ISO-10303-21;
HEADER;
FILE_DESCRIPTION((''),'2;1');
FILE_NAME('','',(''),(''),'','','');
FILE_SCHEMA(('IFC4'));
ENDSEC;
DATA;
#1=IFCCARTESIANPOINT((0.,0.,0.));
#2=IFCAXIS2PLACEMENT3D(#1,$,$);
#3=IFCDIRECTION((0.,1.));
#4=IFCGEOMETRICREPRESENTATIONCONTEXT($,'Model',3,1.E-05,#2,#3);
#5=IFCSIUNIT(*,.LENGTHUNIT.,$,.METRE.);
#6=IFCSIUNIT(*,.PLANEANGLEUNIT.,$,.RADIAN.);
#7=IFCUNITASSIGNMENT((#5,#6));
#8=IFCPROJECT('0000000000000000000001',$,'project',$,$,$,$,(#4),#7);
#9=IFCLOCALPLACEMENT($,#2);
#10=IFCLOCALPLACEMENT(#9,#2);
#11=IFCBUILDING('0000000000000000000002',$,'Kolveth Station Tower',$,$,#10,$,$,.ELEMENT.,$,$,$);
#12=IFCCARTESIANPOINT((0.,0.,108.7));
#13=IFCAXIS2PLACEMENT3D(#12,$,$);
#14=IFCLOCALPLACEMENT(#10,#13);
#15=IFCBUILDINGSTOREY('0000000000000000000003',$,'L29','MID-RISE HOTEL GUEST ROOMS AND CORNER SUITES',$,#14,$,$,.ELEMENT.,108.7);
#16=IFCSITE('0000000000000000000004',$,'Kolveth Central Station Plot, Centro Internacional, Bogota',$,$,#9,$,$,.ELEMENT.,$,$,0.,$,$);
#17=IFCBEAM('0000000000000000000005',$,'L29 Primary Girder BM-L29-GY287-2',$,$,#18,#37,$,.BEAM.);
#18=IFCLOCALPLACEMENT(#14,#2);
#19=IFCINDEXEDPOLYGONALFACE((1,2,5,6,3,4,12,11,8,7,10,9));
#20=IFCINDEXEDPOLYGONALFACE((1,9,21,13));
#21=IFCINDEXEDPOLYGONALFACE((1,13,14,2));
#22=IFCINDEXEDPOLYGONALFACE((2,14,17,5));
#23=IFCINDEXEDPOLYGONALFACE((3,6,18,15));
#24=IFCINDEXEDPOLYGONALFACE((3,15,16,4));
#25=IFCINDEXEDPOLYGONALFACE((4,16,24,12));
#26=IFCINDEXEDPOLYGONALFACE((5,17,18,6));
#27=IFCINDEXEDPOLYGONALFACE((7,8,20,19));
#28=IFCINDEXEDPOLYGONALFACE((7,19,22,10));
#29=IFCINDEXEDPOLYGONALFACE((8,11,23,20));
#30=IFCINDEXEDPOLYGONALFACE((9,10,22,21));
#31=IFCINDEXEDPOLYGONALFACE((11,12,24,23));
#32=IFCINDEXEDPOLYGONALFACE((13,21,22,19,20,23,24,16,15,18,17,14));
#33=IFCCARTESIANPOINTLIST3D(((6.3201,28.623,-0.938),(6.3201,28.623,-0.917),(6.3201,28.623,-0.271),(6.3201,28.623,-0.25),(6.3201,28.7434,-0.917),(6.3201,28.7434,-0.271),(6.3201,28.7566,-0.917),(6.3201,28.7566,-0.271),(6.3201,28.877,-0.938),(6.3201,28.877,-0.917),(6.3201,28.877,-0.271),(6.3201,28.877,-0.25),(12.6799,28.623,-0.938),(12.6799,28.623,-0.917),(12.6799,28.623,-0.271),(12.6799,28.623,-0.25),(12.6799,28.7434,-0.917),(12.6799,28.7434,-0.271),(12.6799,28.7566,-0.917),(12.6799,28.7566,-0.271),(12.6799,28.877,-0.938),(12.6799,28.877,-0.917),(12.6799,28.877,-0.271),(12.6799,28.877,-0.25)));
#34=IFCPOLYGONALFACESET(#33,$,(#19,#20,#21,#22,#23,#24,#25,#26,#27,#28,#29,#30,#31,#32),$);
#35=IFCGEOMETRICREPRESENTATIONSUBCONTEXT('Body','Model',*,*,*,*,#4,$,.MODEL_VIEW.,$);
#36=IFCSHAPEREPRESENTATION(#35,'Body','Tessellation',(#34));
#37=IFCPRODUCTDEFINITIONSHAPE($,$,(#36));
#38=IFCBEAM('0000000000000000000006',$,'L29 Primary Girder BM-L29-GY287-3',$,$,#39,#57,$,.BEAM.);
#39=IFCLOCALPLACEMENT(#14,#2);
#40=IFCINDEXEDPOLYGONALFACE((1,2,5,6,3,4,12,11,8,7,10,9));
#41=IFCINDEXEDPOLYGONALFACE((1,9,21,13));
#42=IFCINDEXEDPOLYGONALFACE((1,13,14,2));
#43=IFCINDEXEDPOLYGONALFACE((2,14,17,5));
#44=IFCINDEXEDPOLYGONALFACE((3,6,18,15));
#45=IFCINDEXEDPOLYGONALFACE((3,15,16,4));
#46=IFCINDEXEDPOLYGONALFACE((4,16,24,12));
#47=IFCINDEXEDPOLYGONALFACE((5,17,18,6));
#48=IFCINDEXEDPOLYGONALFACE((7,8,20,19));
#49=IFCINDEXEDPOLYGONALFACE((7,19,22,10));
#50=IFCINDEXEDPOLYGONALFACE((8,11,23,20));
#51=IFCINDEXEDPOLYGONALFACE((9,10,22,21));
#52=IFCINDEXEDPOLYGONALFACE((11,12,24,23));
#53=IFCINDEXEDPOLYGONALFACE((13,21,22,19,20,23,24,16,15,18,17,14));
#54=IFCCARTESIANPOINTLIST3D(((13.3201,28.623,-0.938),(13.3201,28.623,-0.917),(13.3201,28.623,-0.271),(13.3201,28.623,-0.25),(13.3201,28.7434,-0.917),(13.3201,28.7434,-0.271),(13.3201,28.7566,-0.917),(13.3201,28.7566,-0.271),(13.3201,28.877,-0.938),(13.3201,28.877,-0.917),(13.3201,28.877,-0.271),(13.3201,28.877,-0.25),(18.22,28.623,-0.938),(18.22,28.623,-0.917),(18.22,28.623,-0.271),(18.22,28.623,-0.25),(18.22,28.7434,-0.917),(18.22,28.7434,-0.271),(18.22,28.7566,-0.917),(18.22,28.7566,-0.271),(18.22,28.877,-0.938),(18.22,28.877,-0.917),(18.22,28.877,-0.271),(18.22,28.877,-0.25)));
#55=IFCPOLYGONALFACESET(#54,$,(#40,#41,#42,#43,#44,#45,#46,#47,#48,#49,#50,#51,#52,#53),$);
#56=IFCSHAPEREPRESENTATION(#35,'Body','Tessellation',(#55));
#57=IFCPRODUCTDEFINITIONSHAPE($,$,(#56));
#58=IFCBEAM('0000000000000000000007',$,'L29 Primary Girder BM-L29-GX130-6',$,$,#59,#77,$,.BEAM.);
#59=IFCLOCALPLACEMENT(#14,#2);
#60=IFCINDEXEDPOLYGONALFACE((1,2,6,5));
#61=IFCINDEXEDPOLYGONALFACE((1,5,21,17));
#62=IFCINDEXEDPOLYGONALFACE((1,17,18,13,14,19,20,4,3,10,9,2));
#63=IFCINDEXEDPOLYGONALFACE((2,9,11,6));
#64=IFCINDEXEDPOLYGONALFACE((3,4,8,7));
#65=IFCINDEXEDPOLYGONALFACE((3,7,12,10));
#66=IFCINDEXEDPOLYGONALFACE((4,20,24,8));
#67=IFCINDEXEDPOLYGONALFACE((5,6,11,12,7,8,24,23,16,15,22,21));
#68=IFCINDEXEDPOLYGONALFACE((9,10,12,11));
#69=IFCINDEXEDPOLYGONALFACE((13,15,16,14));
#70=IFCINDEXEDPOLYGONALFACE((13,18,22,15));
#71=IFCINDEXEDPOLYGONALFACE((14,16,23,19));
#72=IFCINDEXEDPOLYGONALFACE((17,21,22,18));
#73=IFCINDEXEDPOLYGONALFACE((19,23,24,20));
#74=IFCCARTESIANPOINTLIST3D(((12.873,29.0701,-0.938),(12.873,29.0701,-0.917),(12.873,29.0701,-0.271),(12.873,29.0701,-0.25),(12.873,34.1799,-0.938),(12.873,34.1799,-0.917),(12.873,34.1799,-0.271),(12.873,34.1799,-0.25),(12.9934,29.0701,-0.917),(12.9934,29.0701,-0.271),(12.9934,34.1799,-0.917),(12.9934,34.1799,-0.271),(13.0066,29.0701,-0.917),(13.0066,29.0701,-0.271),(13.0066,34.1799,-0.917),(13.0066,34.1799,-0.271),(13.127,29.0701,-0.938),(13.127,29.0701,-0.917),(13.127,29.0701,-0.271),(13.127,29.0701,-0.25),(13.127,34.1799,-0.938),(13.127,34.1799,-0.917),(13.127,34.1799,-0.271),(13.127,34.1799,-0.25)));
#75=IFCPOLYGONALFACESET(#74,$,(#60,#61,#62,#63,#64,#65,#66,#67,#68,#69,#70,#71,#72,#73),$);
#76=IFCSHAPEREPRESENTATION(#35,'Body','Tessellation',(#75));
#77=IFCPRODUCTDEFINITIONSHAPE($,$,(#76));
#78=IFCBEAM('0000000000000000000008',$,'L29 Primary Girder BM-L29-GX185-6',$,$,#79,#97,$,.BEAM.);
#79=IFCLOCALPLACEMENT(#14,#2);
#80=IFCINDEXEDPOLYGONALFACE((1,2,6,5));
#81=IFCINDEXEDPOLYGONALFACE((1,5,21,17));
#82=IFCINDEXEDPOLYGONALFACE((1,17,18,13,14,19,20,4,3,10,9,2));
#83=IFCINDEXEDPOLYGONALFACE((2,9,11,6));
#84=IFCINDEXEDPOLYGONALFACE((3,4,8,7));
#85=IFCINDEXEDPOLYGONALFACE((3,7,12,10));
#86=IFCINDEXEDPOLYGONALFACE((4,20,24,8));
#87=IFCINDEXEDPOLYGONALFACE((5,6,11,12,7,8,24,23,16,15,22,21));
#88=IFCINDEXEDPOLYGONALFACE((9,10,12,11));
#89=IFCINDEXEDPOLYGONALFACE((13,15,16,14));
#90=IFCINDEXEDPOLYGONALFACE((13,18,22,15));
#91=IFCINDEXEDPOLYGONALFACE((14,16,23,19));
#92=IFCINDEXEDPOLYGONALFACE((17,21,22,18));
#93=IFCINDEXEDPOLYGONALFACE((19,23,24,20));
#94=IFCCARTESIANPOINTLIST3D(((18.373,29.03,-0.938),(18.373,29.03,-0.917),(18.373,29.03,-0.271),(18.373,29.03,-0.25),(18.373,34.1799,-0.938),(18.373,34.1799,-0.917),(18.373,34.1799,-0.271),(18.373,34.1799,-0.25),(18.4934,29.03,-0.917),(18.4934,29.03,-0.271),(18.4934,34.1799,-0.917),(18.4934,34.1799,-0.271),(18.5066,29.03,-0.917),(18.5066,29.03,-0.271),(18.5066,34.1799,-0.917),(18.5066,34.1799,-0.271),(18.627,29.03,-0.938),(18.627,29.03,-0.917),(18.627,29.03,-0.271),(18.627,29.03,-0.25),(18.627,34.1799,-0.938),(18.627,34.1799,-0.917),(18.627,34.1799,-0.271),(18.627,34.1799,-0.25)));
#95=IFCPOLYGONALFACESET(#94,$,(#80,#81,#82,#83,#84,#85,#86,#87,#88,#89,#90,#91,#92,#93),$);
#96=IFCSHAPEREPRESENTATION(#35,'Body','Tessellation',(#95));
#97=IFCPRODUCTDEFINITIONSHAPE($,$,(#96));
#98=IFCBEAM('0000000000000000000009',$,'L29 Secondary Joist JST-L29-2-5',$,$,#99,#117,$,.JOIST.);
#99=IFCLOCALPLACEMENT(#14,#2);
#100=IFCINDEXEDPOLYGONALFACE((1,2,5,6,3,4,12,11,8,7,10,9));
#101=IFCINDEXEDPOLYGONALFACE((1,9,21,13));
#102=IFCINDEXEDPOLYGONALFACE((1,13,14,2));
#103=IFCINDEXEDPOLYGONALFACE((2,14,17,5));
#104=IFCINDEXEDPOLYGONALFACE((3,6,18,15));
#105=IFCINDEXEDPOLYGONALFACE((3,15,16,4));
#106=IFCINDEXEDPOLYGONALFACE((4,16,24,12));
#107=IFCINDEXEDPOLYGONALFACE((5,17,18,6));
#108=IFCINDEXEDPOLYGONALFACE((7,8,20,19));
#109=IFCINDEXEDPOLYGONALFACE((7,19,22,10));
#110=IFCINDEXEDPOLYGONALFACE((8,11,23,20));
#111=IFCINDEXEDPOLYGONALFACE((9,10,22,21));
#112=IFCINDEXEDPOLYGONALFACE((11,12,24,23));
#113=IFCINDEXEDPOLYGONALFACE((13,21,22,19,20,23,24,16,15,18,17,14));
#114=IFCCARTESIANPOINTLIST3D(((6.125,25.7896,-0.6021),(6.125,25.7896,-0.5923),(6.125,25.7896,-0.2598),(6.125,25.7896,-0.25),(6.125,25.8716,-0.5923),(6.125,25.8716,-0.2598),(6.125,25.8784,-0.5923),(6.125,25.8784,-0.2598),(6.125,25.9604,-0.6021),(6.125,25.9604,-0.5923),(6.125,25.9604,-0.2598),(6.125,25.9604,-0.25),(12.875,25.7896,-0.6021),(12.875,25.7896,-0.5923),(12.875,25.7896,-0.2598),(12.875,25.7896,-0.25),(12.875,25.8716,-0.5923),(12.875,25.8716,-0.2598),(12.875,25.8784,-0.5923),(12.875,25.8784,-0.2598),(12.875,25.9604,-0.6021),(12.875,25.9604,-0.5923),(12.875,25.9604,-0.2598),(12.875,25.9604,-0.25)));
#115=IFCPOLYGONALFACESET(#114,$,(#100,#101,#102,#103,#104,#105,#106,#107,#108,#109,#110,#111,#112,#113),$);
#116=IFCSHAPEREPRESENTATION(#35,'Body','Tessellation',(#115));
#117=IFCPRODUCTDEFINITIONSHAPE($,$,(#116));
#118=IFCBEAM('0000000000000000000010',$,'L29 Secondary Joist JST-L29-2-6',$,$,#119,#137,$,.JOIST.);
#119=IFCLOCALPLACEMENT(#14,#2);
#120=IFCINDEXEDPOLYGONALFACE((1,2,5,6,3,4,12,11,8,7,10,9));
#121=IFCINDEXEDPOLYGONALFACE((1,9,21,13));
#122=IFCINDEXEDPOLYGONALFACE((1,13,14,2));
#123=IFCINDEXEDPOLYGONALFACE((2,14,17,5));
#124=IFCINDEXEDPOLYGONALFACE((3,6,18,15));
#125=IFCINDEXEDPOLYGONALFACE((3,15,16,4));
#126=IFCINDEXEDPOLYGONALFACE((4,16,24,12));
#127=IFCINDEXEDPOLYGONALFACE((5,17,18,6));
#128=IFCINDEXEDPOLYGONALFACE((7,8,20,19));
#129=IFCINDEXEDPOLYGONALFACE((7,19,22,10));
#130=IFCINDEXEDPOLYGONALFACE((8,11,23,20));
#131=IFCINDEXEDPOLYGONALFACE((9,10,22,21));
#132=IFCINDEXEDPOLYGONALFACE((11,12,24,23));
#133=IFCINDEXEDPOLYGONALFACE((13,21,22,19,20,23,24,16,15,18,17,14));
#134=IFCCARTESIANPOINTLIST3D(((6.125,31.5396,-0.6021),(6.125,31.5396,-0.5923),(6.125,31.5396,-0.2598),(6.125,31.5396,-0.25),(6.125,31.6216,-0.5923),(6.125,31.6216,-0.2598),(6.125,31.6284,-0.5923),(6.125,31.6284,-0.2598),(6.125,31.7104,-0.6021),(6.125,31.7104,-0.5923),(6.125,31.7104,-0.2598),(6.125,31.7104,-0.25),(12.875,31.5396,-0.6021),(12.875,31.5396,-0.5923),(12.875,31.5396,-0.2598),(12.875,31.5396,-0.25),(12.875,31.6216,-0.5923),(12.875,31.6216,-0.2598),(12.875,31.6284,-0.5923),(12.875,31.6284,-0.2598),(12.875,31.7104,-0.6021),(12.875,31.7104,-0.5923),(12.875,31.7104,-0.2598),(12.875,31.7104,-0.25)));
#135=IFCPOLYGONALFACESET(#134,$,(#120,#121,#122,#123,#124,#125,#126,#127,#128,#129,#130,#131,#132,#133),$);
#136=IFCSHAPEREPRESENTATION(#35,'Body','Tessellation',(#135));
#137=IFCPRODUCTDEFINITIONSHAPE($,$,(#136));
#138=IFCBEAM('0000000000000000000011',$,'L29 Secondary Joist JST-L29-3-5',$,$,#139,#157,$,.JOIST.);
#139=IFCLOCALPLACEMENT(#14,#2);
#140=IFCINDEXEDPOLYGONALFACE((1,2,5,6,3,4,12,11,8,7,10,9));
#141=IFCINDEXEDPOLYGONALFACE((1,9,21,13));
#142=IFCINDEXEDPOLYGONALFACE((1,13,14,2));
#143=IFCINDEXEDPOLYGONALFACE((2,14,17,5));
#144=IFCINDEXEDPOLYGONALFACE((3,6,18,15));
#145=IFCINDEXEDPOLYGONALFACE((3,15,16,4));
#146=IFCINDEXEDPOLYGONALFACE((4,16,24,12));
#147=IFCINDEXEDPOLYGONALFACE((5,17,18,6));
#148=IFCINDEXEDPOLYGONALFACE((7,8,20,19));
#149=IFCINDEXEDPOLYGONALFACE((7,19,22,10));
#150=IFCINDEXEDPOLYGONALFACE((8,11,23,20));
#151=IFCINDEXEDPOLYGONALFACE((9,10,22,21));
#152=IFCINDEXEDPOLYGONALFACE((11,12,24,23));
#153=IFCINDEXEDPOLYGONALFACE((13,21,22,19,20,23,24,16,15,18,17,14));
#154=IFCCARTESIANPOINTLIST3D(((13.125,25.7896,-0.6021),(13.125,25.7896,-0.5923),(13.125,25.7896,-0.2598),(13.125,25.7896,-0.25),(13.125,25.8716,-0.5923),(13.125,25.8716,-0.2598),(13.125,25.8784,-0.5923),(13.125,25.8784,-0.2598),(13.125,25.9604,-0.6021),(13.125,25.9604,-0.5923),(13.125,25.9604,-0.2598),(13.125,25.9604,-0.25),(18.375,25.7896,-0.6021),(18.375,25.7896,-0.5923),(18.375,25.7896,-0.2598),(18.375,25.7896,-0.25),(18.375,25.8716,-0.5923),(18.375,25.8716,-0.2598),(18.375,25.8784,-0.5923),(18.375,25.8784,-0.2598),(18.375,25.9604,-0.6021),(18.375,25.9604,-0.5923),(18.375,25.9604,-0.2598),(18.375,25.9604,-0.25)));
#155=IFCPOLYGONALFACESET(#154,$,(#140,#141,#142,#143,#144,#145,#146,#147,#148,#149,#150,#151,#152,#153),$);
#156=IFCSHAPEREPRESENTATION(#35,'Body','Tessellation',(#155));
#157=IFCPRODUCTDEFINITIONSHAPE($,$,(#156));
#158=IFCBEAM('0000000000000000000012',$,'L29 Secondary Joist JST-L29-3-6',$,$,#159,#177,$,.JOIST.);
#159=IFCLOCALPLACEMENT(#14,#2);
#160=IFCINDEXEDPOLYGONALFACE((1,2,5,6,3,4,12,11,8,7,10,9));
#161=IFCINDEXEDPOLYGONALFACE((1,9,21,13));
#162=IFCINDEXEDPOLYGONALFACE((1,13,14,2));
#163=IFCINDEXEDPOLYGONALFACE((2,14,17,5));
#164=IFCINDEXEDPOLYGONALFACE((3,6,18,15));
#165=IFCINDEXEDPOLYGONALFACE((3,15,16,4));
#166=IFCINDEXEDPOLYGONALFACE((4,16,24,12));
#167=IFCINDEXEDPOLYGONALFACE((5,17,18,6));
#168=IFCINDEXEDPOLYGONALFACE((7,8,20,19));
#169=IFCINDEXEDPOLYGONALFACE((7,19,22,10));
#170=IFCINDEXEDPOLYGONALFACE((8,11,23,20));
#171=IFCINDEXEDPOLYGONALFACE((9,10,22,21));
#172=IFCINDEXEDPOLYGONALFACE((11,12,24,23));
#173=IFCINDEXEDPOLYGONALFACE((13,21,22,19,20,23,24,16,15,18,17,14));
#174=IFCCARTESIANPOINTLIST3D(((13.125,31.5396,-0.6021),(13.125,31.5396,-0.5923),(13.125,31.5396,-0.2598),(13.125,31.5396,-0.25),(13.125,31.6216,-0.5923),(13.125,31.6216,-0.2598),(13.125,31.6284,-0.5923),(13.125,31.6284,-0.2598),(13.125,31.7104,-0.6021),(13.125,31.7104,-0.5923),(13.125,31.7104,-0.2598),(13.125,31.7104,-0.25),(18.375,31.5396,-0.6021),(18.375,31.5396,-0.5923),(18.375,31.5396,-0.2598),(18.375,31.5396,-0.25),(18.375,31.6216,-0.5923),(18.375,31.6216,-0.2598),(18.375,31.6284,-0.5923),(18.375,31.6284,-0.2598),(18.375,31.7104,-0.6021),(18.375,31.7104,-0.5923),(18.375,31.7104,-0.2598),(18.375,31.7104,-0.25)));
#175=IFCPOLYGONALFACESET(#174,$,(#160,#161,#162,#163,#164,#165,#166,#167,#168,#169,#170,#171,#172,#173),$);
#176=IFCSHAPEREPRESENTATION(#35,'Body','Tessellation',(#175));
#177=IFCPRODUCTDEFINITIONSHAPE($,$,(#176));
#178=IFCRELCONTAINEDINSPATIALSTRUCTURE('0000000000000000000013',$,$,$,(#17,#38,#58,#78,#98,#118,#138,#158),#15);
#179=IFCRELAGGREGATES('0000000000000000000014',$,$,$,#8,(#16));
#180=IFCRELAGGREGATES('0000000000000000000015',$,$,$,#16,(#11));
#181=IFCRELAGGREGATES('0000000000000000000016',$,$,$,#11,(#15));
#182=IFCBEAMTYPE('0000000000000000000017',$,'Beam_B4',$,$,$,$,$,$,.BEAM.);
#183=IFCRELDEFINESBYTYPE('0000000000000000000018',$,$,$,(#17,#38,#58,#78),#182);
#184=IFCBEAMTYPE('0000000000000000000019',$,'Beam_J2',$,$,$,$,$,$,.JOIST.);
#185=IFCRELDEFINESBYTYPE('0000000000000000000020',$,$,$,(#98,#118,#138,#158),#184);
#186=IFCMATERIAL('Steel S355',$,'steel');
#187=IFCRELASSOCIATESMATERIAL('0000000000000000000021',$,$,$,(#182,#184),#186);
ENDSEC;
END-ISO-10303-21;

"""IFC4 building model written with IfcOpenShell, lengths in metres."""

from ifc_helpers import new_model, si_unit, direction, frame, origin, origin_2d, place, context, subcontext, project, spatial, i_section, extrude, source, transform, mapped, material, material_profile, profile_set, type_object, element, save


model = new_model("IFC4")

# Units and contexts
model_context = context("Model", 3, precision=1e-05, world=origin(), true_north=direction((0.0, 1.0)))
body_context = subcontext(model_context, "Body", "Model", "MODEL_VIEW")
ifc_project = project(units=[si_unit("LENGTHUNIT", "METRE"), si_unit("PLANEANGLEUNIT", "RADIAN")], contexts=[model_context])

# Site, building, storey
site_placement = place(None, origin())
site = spatial("IfcSite", under=ifc_project, at=site_placement, Name="Kolveth Central Station Plot, Centro Internacional, Bogota", CompositionType="ELEMENT", RefElevation=0.0)
building_placement = place(site_placement, origin())
building = spatial("IfcBuilding", under=site, at=building_placement, Name="Kolveth Station Tower", CompositionType="ELEMENT")
storey_placement = place(building_placement, frame((0.0, 0.0, 108.7)))
storey = spatial("IfcBuildingStorey", under=building, at=storey_placement, Name="L29", Description="MID-RISE HOTEL GUEST ROOMS AND CORNER SUITES", CompositionType="ELEMENT", Elevation=108.7)

# Shared definitions
ifc_material_1 = material(Name="Steel S355", Category="steel")

# Beams
ifc_material_profile_1 = material_profile(ifc_material_1, i_section(OverallWidth=0.2539, OverallDepth=0.688, WebThickness=0.0132, FlangeThickness=0.021, at=origin_2d()), Name="W690x152")
ifc_profile_set_1 = profile_set([ifc_material_profile_1], Name="Steel S355")
beam_type_1 = type_object("IfcBeamType", Name="Beam_B4", PredefinedType="BEAM", material=ifc_profile_set_1)
shared_shape_1 = source(origin(), body_context, "Body", "SweptSolid", [
    extrude(i_section(OverallWidth=0.2539, OverallDepth=0.688, WebThickness=0.0132, FlangeThickness=0.021, at=origin_2d()), origin(), (0.0, 0.0, 1.0), 6.3599),
])
beam_1_placement = place(storey_placement, frame((6.3201, 28.75, -0.594), z_axis=(1.0, 0.0, 0.0), x_axis=(0.0, 1.0, 0.0)))
element("IfcBeam", 1, at=beam_1_placement, inside=storey, type_object=beam_type_1, Name="L29 Primary Girder BM-L29-GY287-2", PredefinedType="BEAM", context=body_context, shape_type="MappedRepresentation", body=[
    mapped(shared_shape_1, transform((0.0, 0.0, 0.0), x_axis=(1.0, 0.0, 0.0), y_axis=(0.0, 1.0, 0.0), z_axis=(0.0, 0.0, 1.0), scale=1.0)),
])
shared_shape_2 = source(origin(), body_context, "Body", "SweptSolid", [
    extrude(i_section(OverallWidth=0.2539, OverallDepth=0.688, WebThickness=0.0132, FlangeThickness=0.021, at=origin_2d()), origin(), (0.0, 0.0, 1.0), 4.8999),
])
beam_2_placement = place(storey_placement, frame((13.3201, 28.75, -0.594), z_axis=(1.0, 0.0, 0.0), x_axis=(0.0, 1.0, 0.0)))
element("IfcBeam", 2, at=beam_2_placement, inside=storey, type_object=beam_type_1, Name="L29 Primary Girder BM-L29-GY287-3", PredefinedType="BEAM", context=body_context, shape_type="MappedRepresentation", body=[
    mapped(shared_shape_2, transform((0.0, 0.0, 0.0), x_axis=(1.0, 0.0, 0.0), y_axis=(0.0, 1.0, 0.0), z_axis=(0.0, 0.0, 1.0), scale=1.0)),
])
shared_shape_3 = source(origin(), body_context, "Body", "SweptSolid", [
    extrude(i_section(OverallWidth=0.2539, OverallDepth=0.688, WebThickness=0.0132, FlangeThickness=0.021, at=origin_2d()), origin(), (0.0, 0.0, 1.0), 5.1099),
])
beam_3_placement = place(storey_placement, frame((13.0, 29.0701, -0.594), z_axis=(0.0, 1.0, 0.0), x_axis=(-1.0, 0.0, 0.0)))
element("IfcBeam", 3, at=beam_3_placement, inside=storey, type_object=beam_type_1, Name="L29 Primary Girder BM-L29-GX130-6", PredefinedType="BEAM", context=body_context, shape_type="MappedRepresentation", body=[
    mapped(shared_shape_3, transform((0.0, 0.0, 0.0), x_axis=(1.0, 0.0, 0.0), y_axis=(0.0, 1.0, 0.0), z_axis=(0.0, 0.0, 1.0), scale=1.0)),
])
shared_shape_4 = source(origin(), body_context, "Body", "SweptSolid", [
    extrude(i_section(OverallWidth=0.2539, OverallDepth=0.688, WebThickness=0.0132, FlangeThickness=0.021, at=origin_2d()), origin(), (0.0, 0.0, 1.0), 5.1499),
])
beam_4_placement = place(storey_placement, frame((18.5, 29.03, -0.594), z_axis=(0.0, 1.0, 0.0), x_axis=(-1.0, 0.0, 0.0)))
element("IfcBeam", 4, at=beam_4_placement, inside=storey, type_object=beam_type_1, Name="L29 Primary Girder BM-L29-GX185-6", PredefinedType="BEAM", context=body_context, shape_type="MappedRepresentation", body=[
    mapped(shared_shape_4, transform((0.0, 0.0, 0.0), x_axis=(1.0, 0.0, 0.0), y_axis=(0.0, 1.0, 0.0), z_axis=(0.0, 0.0, 1.0), scale=1.0)),
])
ifc_material_profile_2 = material_profile(ifc_material_1, i_section(OverallWidth=0.1709, OverallDepth=0.3521, WebThickness=0.0068, FlangeThickness=0.0098, at=origin_2d()), Name="W360x44")
ifc_profile_set_2 = profile_set([ifc_material_profile_2], Name="Steel S355")
beam_type_2 = type_object("IfcBeamType", Name="Beam_J2", PredefinedType="JOIST", material=ifc_profile_set_2)
shared_shape_5 = source(origin(), body_context, "Body", "SweptSolid", [
    extrude(i_section(OverallWidth=0.1709, OverallDepth=0.3521, WebThickness=0.0068, FlangeThickness=0.0098, at=origin_2d()), origin(), (0.0, 0.0, 1.0), 6.75),
])
for number, where, z_axis, x_axis, name in (
    (5, (6.125, 25.875, -0.426), (1.0, 0.0, 0.0), (0.0, 1.0, 0.0), "L29 Secondary Joist JST-L29-2-5"),
    (6, (6.125, 31.625, -0.426), (1.0, 0.0, 0.0), (0.0, 1.0, 0.0), "L29 Secondary Joist JST-L29-2-6"),
):
    element("IfcBeam", number, at=place(storey_placement, frame(where, z_axis=z_axis, x_axis=x_axis)), inside=storey, type_object=beam_type_2, Name=name, PredefinedType="JOIST", context=body_context, shape_type="MappedRepresentation", body=[
        mapped(shared_shape_5, transform((0.0, 0.0, 0.0), x_axis=(1.0, 0.0, 0.0), y_axis=(0.0, 1.0, 0.0), z_axis=(0.0, 0.0, 1.0), scale=1.0)),
    ])
shared_shape_6 = source(origin(), body_context, "Body", "SweptSolid", [
    extrude(i_section(OverallWidth=0.1709, OverallDepth=0.3521, WebThickness=0.0068, FlangeThickness=0.0098, at=origin_2d()), origin(), (0.0, 0.0, 1.0), 5.25),
])
for number, where, z_axis, x_axis, name in (
    (7, (13.125, 25.875, -0.426), (1.0, 0.0, 0.0), (0.0, 1.0, 0.0), "L29 Secondary Joist JST-L29-3-5"),
    (8, (13.125, 31.625, -0.426), (1.0, 0.0, 0.0), (0.0, 1.0, 0.0), "L29 Secondary Joist JST-L29-3-6"),
):
    element("IfcBeam", number, at=place(storey_placement, frame(where, z_axis=z_axis, x_axis=x_axis)), inside=storey, type_object=beam_type_2, Name=name, PredefinedType="JOIST", context=body_context, shape_type="MappedRepresentation", body=[
        mapped(shared_shape_6, transform((0.0, 0.0, 0.0), x_axis=(1.0, 0.0, 0.0), y_axis=(0.0, 1.0, 0.0), z_axis=(0.0, 0.0, 1.0), scale=1.0)),
    ])

save(model, "model.ifc")
